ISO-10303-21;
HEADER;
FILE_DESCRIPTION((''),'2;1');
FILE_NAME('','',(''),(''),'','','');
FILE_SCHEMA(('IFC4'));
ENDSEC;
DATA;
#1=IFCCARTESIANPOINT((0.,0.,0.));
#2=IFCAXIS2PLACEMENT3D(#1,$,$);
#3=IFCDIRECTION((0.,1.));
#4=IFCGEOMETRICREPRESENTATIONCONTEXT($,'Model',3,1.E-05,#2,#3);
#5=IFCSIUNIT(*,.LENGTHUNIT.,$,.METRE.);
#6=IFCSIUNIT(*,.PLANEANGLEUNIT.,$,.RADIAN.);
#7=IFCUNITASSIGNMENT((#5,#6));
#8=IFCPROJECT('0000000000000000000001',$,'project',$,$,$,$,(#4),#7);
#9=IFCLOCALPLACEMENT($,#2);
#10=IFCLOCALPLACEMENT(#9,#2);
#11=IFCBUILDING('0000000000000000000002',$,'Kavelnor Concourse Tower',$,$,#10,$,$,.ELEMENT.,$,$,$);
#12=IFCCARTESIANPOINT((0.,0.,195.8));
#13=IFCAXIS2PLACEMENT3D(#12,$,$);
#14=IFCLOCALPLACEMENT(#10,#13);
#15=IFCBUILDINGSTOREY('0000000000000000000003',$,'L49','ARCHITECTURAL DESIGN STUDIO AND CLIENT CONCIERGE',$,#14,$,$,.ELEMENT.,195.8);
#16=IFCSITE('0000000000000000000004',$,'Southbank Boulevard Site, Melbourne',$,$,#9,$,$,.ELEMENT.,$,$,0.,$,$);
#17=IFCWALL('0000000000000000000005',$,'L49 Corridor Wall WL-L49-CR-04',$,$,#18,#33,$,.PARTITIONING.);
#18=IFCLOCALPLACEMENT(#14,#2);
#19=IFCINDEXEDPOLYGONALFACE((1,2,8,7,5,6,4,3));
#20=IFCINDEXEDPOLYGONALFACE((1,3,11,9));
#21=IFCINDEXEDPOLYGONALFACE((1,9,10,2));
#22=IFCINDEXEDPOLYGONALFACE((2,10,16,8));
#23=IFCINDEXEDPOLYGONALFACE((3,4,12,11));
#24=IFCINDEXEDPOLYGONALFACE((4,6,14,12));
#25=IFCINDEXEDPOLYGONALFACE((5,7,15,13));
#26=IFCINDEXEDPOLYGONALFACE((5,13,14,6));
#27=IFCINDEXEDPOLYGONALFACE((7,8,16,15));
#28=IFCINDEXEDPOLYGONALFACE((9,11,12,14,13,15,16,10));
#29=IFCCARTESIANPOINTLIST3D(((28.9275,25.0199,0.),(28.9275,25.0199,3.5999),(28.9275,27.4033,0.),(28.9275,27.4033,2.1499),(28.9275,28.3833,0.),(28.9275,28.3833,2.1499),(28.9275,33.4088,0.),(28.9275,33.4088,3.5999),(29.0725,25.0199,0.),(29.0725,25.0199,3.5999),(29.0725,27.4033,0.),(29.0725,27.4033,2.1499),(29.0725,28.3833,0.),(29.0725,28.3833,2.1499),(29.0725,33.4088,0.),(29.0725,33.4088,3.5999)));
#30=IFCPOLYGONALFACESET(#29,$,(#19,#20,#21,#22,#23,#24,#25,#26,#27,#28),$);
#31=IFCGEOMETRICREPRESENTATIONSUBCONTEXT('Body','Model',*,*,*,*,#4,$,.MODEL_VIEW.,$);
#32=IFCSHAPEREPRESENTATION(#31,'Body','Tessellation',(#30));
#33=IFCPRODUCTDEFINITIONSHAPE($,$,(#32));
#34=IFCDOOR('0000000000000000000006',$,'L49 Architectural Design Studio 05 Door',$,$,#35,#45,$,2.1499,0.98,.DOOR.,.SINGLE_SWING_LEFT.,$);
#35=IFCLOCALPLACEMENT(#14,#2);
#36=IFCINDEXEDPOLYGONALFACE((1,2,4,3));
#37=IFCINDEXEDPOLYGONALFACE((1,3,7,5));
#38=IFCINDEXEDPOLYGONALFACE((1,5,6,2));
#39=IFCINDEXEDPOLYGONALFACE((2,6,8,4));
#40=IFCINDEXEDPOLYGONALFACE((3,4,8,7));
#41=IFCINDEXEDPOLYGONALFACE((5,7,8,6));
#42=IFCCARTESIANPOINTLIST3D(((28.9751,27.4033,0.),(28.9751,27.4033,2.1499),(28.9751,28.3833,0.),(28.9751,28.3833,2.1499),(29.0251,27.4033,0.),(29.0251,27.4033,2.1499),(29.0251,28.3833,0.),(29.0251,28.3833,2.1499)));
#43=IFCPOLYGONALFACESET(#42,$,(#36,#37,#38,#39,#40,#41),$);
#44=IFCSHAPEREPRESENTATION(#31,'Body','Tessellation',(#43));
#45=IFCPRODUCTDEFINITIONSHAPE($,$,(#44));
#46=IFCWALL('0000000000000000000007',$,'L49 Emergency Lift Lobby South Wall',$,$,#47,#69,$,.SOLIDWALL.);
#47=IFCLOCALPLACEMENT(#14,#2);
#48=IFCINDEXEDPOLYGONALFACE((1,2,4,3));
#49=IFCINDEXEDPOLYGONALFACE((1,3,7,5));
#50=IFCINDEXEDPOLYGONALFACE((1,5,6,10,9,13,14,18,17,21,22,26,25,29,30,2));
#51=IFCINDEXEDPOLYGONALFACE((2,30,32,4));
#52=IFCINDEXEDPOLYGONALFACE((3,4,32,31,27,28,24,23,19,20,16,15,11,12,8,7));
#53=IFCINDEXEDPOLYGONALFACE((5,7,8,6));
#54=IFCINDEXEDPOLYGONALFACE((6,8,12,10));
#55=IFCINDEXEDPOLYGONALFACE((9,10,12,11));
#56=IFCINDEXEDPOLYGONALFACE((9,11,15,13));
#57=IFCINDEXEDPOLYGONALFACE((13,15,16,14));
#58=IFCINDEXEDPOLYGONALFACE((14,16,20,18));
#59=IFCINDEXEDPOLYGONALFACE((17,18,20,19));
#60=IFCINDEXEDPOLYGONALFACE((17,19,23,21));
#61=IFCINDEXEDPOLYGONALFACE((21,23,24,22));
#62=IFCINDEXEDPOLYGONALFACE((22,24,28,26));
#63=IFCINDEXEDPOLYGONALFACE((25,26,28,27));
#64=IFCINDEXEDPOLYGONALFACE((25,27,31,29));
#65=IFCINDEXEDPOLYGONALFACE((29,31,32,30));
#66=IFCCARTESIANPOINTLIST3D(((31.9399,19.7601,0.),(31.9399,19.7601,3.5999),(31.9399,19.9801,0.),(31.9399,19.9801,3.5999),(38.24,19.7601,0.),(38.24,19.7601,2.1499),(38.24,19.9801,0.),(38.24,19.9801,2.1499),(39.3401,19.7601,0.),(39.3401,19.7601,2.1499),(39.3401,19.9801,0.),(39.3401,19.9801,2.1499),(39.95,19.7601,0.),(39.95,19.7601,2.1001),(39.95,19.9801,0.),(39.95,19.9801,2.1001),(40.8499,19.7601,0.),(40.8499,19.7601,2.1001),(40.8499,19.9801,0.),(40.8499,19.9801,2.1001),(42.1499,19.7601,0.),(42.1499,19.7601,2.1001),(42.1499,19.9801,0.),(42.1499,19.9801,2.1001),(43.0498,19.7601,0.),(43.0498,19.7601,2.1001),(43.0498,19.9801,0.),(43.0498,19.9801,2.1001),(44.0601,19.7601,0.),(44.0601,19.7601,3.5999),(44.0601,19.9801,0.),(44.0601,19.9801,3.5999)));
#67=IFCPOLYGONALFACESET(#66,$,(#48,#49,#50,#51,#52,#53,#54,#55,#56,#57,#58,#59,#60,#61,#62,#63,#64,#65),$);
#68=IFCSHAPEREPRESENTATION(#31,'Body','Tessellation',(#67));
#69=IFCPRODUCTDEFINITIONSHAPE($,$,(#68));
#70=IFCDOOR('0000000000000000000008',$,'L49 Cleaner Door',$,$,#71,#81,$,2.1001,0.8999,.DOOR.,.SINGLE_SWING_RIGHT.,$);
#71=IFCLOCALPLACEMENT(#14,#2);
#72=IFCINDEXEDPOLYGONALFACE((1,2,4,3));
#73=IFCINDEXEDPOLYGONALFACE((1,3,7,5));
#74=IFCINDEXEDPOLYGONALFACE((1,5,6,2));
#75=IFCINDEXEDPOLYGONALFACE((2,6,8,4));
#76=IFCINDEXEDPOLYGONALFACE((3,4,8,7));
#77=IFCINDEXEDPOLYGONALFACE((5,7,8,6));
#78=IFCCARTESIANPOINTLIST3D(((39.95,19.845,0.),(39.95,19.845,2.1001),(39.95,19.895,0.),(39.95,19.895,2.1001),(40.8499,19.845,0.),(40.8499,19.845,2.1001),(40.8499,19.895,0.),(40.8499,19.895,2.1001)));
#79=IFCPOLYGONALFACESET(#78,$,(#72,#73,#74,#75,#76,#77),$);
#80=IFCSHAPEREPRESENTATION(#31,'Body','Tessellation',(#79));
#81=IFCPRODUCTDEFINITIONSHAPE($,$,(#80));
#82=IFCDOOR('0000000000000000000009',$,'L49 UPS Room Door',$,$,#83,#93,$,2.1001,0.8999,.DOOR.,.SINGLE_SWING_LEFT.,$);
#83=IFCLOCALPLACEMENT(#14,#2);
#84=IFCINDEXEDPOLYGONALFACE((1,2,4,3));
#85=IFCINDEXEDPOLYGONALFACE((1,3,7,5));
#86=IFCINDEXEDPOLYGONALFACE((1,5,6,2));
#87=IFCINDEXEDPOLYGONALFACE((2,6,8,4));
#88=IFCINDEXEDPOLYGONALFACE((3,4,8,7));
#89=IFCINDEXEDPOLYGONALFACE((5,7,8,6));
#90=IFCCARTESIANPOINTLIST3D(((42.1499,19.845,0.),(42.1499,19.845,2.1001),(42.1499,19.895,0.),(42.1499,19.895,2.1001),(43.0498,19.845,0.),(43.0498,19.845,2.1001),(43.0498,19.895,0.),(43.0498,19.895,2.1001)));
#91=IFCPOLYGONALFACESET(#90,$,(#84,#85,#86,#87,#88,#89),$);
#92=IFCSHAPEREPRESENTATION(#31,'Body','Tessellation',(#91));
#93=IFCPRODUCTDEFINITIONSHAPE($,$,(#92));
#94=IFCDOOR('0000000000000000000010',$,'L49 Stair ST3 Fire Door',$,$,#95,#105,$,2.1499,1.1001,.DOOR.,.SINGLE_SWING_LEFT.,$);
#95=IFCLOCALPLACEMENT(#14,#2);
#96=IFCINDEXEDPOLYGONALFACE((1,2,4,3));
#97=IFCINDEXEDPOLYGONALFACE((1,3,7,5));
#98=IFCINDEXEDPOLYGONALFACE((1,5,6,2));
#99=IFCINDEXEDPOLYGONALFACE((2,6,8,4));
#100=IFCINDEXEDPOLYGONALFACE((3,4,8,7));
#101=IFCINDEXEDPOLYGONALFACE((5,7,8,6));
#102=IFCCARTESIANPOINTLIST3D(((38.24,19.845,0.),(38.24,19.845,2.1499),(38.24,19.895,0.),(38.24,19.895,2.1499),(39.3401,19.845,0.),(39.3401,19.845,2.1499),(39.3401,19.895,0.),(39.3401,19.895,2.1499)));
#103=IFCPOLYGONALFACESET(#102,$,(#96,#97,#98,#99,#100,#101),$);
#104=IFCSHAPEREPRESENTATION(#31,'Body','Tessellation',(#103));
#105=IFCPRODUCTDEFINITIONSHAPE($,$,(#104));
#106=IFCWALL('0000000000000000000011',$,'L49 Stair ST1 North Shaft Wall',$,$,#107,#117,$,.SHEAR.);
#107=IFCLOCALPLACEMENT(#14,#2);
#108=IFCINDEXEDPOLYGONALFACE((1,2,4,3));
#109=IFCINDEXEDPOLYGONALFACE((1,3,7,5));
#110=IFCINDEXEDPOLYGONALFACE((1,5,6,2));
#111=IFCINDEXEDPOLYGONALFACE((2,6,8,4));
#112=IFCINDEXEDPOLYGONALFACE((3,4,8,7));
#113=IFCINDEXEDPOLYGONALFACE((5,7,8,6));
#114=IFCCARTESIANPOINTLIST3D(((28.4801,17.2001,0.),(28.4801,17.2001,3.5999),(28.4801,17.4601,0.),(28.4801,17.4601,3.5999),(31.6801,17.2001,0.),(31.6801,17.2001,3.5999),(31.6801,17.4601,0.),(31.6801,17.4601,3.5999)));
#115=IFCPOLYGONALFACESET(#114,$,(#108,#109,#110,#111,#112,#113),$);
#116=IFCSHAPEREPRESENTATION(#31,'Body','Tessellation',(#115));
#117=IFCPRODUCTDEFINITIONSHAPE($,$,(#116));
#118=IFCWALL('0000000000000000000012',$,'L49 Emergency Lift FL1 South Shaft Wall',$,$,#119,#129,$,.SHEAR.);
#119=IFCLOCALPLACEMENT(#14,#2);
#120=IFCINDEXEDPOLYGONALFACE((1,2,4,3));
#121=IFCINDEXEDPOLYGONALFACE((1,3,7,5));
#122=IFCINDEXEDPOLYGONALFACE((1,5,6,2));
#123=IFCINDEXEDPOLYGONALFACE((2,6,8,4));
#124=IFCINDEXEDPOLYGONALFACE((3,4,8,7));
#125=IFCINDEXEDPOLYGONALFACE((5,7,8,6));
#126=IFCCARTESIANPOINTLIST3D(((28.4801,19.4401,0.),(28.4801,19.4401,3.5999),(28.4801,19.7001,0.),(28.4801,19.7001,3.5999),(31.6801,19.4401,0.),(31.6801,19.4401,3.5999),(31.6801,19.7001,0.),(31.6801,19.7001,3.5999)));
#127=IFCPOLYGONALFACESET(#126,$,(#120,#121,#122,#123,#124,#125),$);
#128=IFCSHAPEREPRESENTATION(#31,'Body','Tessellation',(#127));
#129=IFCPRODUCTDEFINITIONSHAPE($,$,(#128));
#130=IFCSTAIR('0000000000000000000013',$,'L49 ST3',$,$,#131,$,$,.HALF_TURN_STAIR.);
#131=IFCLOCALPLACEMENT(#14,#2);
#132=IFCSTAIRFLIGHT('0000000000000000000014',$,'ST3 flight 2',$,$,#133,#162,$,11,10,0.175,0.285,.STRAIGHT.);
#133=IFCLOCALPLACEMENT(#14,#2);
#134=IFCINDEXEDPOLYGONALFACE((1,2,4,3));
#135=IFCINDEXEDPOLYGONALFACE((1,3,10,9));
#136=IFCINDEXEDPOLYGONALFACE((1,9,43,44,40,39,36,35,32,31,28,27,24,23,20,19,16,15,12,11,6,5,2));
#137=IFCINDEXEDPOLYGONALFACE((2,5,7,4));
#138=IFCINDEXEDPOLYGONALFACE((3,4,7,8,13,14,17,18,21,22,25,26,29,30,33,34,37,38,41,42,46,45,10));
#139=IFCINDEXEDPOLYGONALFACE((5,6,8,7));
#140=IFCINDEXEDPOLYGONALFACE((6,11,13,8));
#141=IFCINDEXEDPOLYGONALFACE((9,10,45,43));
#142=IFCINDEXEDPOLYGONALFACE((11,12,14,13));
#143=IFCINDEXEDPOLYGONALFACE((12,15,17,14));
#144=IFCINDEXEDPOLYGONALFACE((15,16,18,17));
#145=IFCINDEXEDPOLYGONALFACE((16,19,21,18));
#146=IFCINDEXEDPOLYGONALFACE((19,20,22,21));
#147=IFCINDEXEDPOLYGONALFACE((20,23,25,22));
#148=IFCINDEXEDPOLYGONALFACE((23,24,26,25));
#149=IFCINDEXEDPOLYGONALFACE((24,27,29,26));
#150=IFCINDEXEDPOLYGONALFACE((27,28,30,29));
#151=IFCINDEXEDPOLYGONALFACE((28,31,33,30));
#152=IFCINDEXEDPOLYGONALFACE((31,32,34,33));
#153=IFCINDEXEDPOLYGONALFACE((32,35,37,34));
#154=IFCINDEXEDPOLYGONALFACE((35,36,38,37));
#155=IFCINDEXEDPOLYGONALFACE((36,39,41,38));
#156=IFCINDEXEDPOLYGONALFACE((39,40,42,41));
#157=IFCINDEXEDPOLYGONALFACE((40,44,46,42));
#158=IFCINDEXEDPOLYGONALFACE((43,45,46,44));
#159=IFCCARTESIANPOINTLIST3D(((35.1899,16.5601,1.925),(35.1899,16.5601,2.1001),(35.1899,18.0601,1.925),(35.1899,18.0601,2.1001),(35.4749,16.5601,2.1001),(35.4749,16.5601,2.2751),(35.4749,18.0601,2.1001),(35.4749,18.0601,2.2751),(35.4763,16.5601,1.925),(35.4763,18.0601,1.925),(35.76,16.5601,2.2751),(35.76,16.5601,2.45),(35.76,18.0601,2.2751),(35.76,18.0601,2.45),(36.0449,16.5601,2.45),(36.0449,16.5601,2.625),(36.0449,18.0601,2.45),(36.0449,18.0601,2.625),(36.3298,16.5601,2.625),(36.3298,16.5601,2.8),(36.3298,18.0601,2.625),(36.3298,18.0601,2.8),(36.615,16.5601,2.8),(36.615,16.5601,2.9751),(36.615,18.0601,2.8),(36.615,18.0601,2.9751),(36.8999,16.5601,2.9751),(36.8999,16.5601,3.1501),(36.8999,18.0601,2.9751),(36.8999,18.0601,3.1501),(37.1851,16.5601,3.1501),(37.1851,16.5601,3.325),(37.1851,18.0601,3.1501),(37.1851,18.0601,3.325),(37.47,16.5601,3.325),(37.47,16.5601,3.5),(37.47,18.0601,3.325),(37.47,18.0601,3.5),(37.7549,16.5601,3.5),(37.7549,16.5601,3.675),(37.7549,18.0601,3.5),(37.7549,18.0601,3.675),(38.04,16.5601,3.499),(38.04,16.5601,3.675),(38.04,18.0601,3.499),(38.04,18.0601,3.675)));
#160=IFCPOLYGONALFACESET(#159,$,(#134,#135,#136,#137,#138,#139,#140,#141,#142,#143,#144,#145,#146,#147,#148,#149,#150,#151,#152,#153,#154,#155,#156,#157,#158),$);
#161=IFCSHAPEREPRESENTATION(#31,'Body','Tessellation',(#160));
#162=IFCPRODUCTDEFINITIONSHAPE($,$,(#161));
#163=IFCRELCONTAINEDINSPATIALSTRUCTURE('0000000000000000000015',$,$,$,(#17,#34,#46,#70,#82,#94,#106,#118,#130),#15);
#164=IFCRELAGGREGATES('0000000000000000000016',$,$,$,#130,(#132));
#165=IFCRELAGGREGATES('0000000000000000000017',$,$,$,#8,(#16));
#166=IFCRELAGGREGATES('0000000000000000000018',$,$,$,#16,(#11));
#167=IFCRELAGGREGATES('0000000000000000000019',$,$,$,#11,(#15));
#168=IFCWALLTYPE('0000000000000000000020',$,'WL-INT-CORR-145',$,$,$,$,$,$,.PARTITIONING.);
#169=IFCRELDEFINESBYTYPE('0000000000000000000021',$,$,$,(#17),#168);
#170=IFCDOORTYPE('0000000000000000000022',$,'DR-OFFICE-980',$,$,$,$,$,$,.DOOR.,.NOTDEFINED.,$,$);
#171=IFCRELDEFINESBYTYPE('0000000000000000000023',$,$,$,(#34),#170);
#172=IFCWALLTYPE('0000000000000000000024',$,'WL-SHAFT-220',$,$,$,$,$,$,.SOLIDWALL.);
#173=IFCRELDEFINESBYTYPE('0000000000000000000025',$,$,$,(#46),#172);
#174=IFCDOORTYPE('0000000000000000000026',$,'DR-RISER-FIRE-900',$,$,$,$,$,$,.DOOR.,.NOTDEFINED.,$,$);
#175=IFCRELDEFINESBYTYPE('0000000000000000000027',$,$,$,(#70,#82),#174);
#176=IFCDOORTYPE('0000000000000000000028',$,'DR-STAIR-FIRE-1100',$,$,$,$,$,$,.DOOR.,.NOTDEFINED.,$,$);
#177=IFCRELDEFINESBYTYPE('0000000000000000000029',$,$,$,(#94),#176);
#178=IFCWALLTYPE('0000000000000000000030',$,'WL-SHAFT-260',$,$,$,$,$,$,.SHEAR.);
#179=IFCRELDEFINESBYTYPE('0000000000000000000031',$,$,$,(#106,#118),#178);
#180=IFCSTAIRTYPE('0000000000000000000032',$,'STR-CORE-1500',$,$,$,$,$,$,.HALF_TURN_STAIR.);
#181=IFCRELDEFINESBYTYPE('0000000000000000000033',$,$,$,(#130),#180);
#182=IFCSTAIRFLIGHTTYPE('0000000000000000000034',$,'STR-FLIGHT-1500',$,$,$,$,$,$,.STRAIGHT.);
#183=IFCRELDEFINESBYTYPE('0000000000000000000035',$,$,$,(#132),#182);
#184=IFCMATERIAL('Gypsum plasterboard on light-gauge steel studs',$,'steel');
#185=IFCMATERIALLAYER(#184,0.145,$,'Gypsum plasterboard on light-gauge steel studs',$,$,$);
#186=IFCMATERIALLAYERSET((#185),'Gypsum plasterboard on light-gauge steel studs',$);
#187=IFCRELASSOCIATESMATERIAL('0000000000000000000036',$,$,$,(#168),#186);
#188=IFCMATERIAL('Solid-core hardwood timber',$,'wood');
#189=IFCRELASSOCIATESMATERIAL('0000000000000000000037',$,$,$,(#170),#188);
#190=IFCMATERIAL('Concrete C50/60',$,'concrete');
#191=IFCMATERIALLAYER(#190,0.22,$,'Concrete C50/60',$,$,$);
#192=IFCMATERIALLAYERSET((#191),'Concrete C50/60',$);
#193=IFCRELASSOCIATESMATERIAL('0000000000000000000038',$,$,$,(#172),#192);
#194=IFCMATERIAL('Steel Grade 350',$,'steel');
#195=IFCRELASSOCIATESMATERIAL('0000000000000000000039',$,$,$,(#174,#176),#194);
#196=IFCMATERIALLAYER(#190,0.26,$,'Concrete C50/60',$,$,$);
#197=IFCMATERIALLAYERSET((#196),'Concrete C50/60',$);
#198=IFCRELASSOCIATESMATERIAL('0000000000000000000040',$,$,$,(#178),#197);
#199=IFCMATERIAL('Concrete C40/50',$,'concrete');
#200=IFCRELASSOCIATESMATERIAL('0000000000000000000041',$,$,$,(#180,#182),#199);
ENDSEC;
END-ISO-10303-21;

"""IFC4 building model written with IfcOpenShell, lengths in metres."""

from ifc_helpers import new_model, si_unit, direction, frame, frame_2d, origin, place, context, subcontext, project, spatial, polyline, rectangle, outline, extrude, material, layer, layer_set, type_object, element, fill, aggregate, save


model = new_model("IFC4")

# Units and contexts
model_context = context("Model", 3, precision=1e-05, world=origin(), true_north=direction((0.0, 1.0)))
body_context = subcontext(model_context, "Body", "Model", "MODEL_VIEW")
ifc_project = project(units=[si_unit("LENGTHUNIT", "METRE"), si_unit("PLANEANGLEUNIT", "RADIAN")], contexts=[model_context])

# Site, building, storey
site_placement = place(None, origin())
site = spatial("IfcSite", under=ifc_project, at=site_placement, Name="Southbank Boulevard Site, Melbourne", CompositionType="ELEMENT", RefElevation=0.0)
building_placement = place(site_placement, origin())
building = spatial("IfcBuilding", under=site, at=building_placement, Name="Kavelnor Concourse Tower", CompositionType="ELEMENT")
storey_placement = place(building_placement, frame((0.0, 0.0, 195.8)))
storey = spatial("IfcBuildingStorey", under=building, at=storey_placement, Name="L49", Description="ARCHITECTURAL DESIGN STUDIO AND CLIENT CONCIERGE", CompositionType="ELEMENT", Elevation=195.8)

# Shared definitions
ifc_material_1 = material(Name="Steel Grade 350", Category="steel")

# Shared definitions
ifc_material_2 = material(Name="Concrete C50/60", Category="concrete")

# Shared definitions
ifc_material_3 = material(Name="Gypsum plasterboard on light-gauge steel studs", Category="steel")
ifc_layer_1 = layer(ifc_material_3, 0.145, Name="Gypsum plasterboard on light-gauge steel studs")
ifc_layer_set_1 = layer_set([ifc_layer_1], Name="Gypsum plasterboard on light-gauge steel studs")
wall_type_1 = type_object("IfcWallType", Name="WL-INT-CORR-145", PredefinedType="PARTITIONING", material=ifc_layer_set_1)

# Wall, opening, door
wall_1_placement = place(storey_placement, frame((29.0, 25.02, 0.0), z_axis=(0.0, 0.0, 1.0), x_axis=(0.0, 1.0, 0.0)))
wall_1 = element("IfcWall", 1, at=wall_1_placement, inside=storey, type_object=wall_type_1, Name="L49 Corridor Wall WL-L49-CR-04", PredefinedType="PARTITIONING", context=body_context, shape_type="SweptSolid", body=[
    extrude(rectangle(XDim=8.3889, YDim=0.145, at=frame_2d((4.1943, 0.0))), origin(), (0.0, 0.0, 1.0), 3.5999),
])
opening_1_placement = place(wall_1_placement, frame((2.3833, 0.0, 0.0)))
opening_1 = element("IfcOpeningElement", 2, at=opening_1_placement, cuts=wall_1, PredefinedType="OPENING", context=body_context, shape_type="SweptSolid", body=[
    extrude(rectangle(XDim=0.98, YDim=2.1499, at=frame_2d((0.49, 1.075))), frame((0.0, 0.0825, 0.0), z_axis=(0.0, -1.0, 0.0), x_axis=(1.0, 0.0, 0.0)), (0.0, 0.0, 1.0), 0.165),
])
ifc_material_4 = material(Name="Solid-core hardwood timber", Category="wood")
door_type_1 = type_object("IfcDoorType", Name="DR-OFFICE-980", OperationType="NOTDEFINED", PredefinedType="DOOR", material=ifc_material_4)
door_1_placement = place(opening_1_placement, origin())
door_1 = element("IfcDoor", 3, at=door_1_placement, inside=storey, type_object=door_type_1, Name="L49 Architectural Design Studio 05 Door", OperationType="SINGLE_SWING_LEFT", OverallHeight=2.1499, OverallWidth=0.98, PredefinedType="DOOR", context=body_context, shape_type="SweptSolid", body=[
    extrude(rectangle(XDim=0.98, YDim=2.1499, at=frame_2d((0.49, 1.075))), frame((0.0, 0.0249, 0.0), z_axis=(0.0, -1.0, 0.0), x_axis=(1.0, 0.0, 0.0)), (0.0, 0.0, 1.0), 0.05),
])
fill(opening_1, door_1)

# Wall, openings, doors
ifc_layer_2 = layer(ifc_material_2, 0.22, Name="Concrete C50/60")
ifc_layer_set_2 = layer_set([ifc_layer_2], Name="Concrete C50/60")
wall_type_2 = type_object("IfcWallType", Name="WL-SHAFT-220", PredefinedType="SOLIDWALL", material=ifc_layer_set_2)
wall_2_placement = place(storey_placement, frame((31.9399, 19.8701, 0.0), z_axis=(0.0, 0.0, 1.0), x_axis=(1.0, 0.0, 0.0)))
wall_2 = element("IfcWall", 4, at=wall_2_placement, inside=storey, type_object=wall_type_2, Name="L49 Emergency Lift Lobby South Wall", PredefinedType="SOLIDWALL", context=body_context, shape_type="SweptSolid", body=[
    extrude(rectangle(XDim=12.1201, YDim=0.22, at=frame_2d((6.0601, 0.0))), origin(), (0.0, 0.0, 1.0), 3.5999),
])
opening_2_placement = place(wall_2_placement, frame((6.3, 0.0, 0.0)))
opening_2 = element("IfcOpeningElement", 5, at=opening_2_placement, cuts=wall_2, PredefinedType="OPENING", context=body_context, shape_type="SweptSolid", body=[
    extrude(rectangle(XDim=1.1001, YDim=2.1499, at=frame_2d((0.55, 1.075))), frame((0.0, 0.1201, 0.0), z_axis=(0.0, -1.0, 0.0), x_axis=(1.0, 0.0, 0.0)), (0.0, 0.0, 1.0), 0.24),
])
opening_3_placement = place(wall_2_placement, frame((8.01, 0.0, 0.0)))
opening_3 = element("IfcOpeningElement", 6, at=opening_3_placement, cuts=wall_2, PredefinedType="OPENING", context=body_context, shape_type="SweptSolid", body=[
    extrude(rectangle(XDim=0.8999, YDim=2.1001, at=frame_2d((0.45, 1.05))), frame((0.0, 0.1201, 0.0), z_axis=(0.0, -1.0, 0.0), x_axis=(1.0, 0.0, 0.0)), (0.0, 0.0, 1.0), 0.24),
])
opening_4_placement = place(wall_2_placement, frame((10.21, 0.0, 0.0)))
opening_4 = element("IfcOpeningElement", 7, at=opening_4_placement, cuts=wall_2, PredefinedType="OPENING", context=body_context, shape_type="SweptSolid", body=[
    extrude(rectangle(XDim=0.8999, YDim=2.1001, at=frame_2d((0.45, 1.05))), frame((0.0, 0.1201, 0.0), z_axis=(0.0, -1.0, 0.0), x_axis=(1.0, 0.0, 0.0)), (0.0, 0.0, 1.0), 0.24),
])
door_type_2 = type_object("IfcDoorType", Name="DR-RISER-FIRE-900", OperationType="NOTDEFINED", PredefinedType="DOOR", material=ifc_material_1)
door_2_placement = place(opening_3_placement, origin())
door_2 = element("IfcDoor", 8, at=door_2_placement, inside=storey, type_object=door_type_2, Name="L49 Cleaner Door", OperationType="SINGLE_SWING_RIGHT", OverallHeight=2.1001, OverallWidth=0.8999, PredefinedType="DOOR", context=body_context, shape_type="SweptSolid", body=[
    extrude(rectangle(XDim=0.8999, YDim=2.1001, at=frame_2d((0.45, 1.05))), frame((0.0, 0.0249, 0.0), z_axis=(0.0, -1.0, 0.0), x_axis=(1.0, 0.0, 0.0)), (0.0, 0.0, 1.0), 0.05),
])
fill(opening_3, door_2)
door_3_placement = place(opening_4_placement, origin())
door_3 = element("IfcDoor", 9, at=door_3_placement, inside=storey, type_object=door_type_2, Name="L49 UPS Room Door", OperationType="SINGLE_SWING_LEFT", OverallHeight=2.1001, OverallWidth=0.8999, PredefinedType="DOOR", context=body_context, shape_type="SweptSolid", body=[
    extrude(rectangle(XDim=0.8999, YDim=2.1001, at=frame_2d((0.45, 1.05))), frame((0.0, 0.0249, 0.0), z_axis=(0.0, -1.0, 0.0), x_axis=(1.0, 0.0, 0.0)), (0.0, 0.0, 1.0), 0.05),
])
fill(opening_4, door_3)
door_type_3 = type_object("IfcDoorType", Name="DR-STAIR-FIRE-1100", OperationType="NOTDEFINED", PredefinedType="DOOR", material=ifc_material_1)
door_4_placement = place(opening_2_placement, origin())
door_4 = element("IfcDoor", 10, at=door_4_placement, inside=storey, type_object=door_type_3, Name="L49 Stair ST3 Fire Door", OperationType="SINGLE_SWING_LEFT", OverallHeight=2.1499, OverallWidth=1.1001, PredefinedType="DOOR", context=body_context, shape_type="SweptSolid", body=[
    extrude(rectangle(XDim=1.1001, YDim=2.1499, at=frame_2d((0.55, 1.075))), frame((0.0, 0.0249, 0.0), z_axis=(0.0, -1.0, 0.0), x_axis=(1.0, 0.0, 0.0)), (0.0, 0.0, 1.0), 0.05),
])
fill(opening_2, door_4)

# Walls
ifc_layer_3 = layer(ifc_material_2, 0.26, Name="Concrete C50/60")
ifc_layer_set_3 = layer_set([ifc_layer_3], Name="Concrete C50/60")
wall_type_3 = type_object("IfcWallType", Name="WL-SHAFT-260", PredefinedType="SHEAR", material=ifc_layer_set_3)
for number, where, z_axis, x_axis, name in (
    (11, (28.48, 17.3301, 0.0), (0.0, 0.0, 1.0), (1.0, 0.0, 0.0), "L49 Stair ST1 North Shaft Wall"),
    (12, (28.48, 19.5701, 0.0), (0.0, 0.0, 1.0), (1.0, 0.0, 0.0), "L49 Emergency Lift FL1 South Shaft Wall"),
):
    element("IfcWall", number, at=place(storey_placement, frame(where, z_axis=z_axis, x_axis=x_axis)), inside=storey, type_object=wall_type_3, Name=name, PredefinedType="SHEAR", context=body_context, shape_type="SweptSolid", body=[
        extrude(rectangle(XDim=3.2, YDim=0.26, at=frame_2d((1.6001, 0.0))), origin(), (0.0, 0.0, 1.0), 3.5999),
    ])

# Stair, stair flight
ifc_material_5 = material(Name="Concrete C40/50", Category="concrete")
stair_type = type_object("IfcStairType", Name="STR-CORE-1500", PredefinedType="HALF_TURN_STAIR", material=ifc_material_5)
stair_placement = place(storey_placement, origin())
stair = element("IfcStair", 13, at=stair_placement, inside=storey, type_object=stair_type, Name="L49 ST3", PredefinedType="HALF_TURN_STAIR")
stair_flight_type = type_object("IfcStairFlightType", Name="STR-FLIGHT-1500", PredefinedType="STRAIGHT", material=ifc_material_5)
stair_flight_placement = place(storey_placement, frame((35.1899, 17.3101, 1.925), z_axis=(0.0, 0.0, 1.0), x_axis=(1.0, 0.0, 0.0)))
stair_flight = element("IfcStairFlight", 14, at=stair_flight_placement, type_object=stair_flight_type, Name="ST3 flight 2", NumberOfRisers=11, NumberOfTreads=10, PredefinedType="STRAIGHT", RiserHeight=0.175, TreadLength=0.285, context=body_context, shape_type="SweptSolid", body=[
    extrude(outline(polyline([(0.0, 0.0), (0.0, 0.175), (0.2849, 0.175), (0.2849, 0.3501), (0.5701, 0.3501), (0.5701, 0.5249), (0.855, 0.5249), (0.855, 0.7), (1.1399, 0.7), (1.1399, 0.875), (1.425, 0.875), (1.425, 1.05), (1.71, 1.05), (1.71, 1.2251), (1.9951, 1.2251), (1.9951, 1.3999), (2.28, 1.3999), (2.28, 1.575), (2.5649, 1.575), (2.5649, 1.75), (2.8501, 1.75), (2.8501, 1.925), (2.8501, 1.574), (0.2864, 0.0), (0.0, 0.0)])), frame((0.0, 0.75, 0.0), z_axis=(0.0, -1.0, 0.0), x_axis=(1.0, 0.0, 0.0)), (0.0, 0.0, 1.0), 1.5),
])
aggregate(stair, [stair_flight])

save(model, "model.ifc")
